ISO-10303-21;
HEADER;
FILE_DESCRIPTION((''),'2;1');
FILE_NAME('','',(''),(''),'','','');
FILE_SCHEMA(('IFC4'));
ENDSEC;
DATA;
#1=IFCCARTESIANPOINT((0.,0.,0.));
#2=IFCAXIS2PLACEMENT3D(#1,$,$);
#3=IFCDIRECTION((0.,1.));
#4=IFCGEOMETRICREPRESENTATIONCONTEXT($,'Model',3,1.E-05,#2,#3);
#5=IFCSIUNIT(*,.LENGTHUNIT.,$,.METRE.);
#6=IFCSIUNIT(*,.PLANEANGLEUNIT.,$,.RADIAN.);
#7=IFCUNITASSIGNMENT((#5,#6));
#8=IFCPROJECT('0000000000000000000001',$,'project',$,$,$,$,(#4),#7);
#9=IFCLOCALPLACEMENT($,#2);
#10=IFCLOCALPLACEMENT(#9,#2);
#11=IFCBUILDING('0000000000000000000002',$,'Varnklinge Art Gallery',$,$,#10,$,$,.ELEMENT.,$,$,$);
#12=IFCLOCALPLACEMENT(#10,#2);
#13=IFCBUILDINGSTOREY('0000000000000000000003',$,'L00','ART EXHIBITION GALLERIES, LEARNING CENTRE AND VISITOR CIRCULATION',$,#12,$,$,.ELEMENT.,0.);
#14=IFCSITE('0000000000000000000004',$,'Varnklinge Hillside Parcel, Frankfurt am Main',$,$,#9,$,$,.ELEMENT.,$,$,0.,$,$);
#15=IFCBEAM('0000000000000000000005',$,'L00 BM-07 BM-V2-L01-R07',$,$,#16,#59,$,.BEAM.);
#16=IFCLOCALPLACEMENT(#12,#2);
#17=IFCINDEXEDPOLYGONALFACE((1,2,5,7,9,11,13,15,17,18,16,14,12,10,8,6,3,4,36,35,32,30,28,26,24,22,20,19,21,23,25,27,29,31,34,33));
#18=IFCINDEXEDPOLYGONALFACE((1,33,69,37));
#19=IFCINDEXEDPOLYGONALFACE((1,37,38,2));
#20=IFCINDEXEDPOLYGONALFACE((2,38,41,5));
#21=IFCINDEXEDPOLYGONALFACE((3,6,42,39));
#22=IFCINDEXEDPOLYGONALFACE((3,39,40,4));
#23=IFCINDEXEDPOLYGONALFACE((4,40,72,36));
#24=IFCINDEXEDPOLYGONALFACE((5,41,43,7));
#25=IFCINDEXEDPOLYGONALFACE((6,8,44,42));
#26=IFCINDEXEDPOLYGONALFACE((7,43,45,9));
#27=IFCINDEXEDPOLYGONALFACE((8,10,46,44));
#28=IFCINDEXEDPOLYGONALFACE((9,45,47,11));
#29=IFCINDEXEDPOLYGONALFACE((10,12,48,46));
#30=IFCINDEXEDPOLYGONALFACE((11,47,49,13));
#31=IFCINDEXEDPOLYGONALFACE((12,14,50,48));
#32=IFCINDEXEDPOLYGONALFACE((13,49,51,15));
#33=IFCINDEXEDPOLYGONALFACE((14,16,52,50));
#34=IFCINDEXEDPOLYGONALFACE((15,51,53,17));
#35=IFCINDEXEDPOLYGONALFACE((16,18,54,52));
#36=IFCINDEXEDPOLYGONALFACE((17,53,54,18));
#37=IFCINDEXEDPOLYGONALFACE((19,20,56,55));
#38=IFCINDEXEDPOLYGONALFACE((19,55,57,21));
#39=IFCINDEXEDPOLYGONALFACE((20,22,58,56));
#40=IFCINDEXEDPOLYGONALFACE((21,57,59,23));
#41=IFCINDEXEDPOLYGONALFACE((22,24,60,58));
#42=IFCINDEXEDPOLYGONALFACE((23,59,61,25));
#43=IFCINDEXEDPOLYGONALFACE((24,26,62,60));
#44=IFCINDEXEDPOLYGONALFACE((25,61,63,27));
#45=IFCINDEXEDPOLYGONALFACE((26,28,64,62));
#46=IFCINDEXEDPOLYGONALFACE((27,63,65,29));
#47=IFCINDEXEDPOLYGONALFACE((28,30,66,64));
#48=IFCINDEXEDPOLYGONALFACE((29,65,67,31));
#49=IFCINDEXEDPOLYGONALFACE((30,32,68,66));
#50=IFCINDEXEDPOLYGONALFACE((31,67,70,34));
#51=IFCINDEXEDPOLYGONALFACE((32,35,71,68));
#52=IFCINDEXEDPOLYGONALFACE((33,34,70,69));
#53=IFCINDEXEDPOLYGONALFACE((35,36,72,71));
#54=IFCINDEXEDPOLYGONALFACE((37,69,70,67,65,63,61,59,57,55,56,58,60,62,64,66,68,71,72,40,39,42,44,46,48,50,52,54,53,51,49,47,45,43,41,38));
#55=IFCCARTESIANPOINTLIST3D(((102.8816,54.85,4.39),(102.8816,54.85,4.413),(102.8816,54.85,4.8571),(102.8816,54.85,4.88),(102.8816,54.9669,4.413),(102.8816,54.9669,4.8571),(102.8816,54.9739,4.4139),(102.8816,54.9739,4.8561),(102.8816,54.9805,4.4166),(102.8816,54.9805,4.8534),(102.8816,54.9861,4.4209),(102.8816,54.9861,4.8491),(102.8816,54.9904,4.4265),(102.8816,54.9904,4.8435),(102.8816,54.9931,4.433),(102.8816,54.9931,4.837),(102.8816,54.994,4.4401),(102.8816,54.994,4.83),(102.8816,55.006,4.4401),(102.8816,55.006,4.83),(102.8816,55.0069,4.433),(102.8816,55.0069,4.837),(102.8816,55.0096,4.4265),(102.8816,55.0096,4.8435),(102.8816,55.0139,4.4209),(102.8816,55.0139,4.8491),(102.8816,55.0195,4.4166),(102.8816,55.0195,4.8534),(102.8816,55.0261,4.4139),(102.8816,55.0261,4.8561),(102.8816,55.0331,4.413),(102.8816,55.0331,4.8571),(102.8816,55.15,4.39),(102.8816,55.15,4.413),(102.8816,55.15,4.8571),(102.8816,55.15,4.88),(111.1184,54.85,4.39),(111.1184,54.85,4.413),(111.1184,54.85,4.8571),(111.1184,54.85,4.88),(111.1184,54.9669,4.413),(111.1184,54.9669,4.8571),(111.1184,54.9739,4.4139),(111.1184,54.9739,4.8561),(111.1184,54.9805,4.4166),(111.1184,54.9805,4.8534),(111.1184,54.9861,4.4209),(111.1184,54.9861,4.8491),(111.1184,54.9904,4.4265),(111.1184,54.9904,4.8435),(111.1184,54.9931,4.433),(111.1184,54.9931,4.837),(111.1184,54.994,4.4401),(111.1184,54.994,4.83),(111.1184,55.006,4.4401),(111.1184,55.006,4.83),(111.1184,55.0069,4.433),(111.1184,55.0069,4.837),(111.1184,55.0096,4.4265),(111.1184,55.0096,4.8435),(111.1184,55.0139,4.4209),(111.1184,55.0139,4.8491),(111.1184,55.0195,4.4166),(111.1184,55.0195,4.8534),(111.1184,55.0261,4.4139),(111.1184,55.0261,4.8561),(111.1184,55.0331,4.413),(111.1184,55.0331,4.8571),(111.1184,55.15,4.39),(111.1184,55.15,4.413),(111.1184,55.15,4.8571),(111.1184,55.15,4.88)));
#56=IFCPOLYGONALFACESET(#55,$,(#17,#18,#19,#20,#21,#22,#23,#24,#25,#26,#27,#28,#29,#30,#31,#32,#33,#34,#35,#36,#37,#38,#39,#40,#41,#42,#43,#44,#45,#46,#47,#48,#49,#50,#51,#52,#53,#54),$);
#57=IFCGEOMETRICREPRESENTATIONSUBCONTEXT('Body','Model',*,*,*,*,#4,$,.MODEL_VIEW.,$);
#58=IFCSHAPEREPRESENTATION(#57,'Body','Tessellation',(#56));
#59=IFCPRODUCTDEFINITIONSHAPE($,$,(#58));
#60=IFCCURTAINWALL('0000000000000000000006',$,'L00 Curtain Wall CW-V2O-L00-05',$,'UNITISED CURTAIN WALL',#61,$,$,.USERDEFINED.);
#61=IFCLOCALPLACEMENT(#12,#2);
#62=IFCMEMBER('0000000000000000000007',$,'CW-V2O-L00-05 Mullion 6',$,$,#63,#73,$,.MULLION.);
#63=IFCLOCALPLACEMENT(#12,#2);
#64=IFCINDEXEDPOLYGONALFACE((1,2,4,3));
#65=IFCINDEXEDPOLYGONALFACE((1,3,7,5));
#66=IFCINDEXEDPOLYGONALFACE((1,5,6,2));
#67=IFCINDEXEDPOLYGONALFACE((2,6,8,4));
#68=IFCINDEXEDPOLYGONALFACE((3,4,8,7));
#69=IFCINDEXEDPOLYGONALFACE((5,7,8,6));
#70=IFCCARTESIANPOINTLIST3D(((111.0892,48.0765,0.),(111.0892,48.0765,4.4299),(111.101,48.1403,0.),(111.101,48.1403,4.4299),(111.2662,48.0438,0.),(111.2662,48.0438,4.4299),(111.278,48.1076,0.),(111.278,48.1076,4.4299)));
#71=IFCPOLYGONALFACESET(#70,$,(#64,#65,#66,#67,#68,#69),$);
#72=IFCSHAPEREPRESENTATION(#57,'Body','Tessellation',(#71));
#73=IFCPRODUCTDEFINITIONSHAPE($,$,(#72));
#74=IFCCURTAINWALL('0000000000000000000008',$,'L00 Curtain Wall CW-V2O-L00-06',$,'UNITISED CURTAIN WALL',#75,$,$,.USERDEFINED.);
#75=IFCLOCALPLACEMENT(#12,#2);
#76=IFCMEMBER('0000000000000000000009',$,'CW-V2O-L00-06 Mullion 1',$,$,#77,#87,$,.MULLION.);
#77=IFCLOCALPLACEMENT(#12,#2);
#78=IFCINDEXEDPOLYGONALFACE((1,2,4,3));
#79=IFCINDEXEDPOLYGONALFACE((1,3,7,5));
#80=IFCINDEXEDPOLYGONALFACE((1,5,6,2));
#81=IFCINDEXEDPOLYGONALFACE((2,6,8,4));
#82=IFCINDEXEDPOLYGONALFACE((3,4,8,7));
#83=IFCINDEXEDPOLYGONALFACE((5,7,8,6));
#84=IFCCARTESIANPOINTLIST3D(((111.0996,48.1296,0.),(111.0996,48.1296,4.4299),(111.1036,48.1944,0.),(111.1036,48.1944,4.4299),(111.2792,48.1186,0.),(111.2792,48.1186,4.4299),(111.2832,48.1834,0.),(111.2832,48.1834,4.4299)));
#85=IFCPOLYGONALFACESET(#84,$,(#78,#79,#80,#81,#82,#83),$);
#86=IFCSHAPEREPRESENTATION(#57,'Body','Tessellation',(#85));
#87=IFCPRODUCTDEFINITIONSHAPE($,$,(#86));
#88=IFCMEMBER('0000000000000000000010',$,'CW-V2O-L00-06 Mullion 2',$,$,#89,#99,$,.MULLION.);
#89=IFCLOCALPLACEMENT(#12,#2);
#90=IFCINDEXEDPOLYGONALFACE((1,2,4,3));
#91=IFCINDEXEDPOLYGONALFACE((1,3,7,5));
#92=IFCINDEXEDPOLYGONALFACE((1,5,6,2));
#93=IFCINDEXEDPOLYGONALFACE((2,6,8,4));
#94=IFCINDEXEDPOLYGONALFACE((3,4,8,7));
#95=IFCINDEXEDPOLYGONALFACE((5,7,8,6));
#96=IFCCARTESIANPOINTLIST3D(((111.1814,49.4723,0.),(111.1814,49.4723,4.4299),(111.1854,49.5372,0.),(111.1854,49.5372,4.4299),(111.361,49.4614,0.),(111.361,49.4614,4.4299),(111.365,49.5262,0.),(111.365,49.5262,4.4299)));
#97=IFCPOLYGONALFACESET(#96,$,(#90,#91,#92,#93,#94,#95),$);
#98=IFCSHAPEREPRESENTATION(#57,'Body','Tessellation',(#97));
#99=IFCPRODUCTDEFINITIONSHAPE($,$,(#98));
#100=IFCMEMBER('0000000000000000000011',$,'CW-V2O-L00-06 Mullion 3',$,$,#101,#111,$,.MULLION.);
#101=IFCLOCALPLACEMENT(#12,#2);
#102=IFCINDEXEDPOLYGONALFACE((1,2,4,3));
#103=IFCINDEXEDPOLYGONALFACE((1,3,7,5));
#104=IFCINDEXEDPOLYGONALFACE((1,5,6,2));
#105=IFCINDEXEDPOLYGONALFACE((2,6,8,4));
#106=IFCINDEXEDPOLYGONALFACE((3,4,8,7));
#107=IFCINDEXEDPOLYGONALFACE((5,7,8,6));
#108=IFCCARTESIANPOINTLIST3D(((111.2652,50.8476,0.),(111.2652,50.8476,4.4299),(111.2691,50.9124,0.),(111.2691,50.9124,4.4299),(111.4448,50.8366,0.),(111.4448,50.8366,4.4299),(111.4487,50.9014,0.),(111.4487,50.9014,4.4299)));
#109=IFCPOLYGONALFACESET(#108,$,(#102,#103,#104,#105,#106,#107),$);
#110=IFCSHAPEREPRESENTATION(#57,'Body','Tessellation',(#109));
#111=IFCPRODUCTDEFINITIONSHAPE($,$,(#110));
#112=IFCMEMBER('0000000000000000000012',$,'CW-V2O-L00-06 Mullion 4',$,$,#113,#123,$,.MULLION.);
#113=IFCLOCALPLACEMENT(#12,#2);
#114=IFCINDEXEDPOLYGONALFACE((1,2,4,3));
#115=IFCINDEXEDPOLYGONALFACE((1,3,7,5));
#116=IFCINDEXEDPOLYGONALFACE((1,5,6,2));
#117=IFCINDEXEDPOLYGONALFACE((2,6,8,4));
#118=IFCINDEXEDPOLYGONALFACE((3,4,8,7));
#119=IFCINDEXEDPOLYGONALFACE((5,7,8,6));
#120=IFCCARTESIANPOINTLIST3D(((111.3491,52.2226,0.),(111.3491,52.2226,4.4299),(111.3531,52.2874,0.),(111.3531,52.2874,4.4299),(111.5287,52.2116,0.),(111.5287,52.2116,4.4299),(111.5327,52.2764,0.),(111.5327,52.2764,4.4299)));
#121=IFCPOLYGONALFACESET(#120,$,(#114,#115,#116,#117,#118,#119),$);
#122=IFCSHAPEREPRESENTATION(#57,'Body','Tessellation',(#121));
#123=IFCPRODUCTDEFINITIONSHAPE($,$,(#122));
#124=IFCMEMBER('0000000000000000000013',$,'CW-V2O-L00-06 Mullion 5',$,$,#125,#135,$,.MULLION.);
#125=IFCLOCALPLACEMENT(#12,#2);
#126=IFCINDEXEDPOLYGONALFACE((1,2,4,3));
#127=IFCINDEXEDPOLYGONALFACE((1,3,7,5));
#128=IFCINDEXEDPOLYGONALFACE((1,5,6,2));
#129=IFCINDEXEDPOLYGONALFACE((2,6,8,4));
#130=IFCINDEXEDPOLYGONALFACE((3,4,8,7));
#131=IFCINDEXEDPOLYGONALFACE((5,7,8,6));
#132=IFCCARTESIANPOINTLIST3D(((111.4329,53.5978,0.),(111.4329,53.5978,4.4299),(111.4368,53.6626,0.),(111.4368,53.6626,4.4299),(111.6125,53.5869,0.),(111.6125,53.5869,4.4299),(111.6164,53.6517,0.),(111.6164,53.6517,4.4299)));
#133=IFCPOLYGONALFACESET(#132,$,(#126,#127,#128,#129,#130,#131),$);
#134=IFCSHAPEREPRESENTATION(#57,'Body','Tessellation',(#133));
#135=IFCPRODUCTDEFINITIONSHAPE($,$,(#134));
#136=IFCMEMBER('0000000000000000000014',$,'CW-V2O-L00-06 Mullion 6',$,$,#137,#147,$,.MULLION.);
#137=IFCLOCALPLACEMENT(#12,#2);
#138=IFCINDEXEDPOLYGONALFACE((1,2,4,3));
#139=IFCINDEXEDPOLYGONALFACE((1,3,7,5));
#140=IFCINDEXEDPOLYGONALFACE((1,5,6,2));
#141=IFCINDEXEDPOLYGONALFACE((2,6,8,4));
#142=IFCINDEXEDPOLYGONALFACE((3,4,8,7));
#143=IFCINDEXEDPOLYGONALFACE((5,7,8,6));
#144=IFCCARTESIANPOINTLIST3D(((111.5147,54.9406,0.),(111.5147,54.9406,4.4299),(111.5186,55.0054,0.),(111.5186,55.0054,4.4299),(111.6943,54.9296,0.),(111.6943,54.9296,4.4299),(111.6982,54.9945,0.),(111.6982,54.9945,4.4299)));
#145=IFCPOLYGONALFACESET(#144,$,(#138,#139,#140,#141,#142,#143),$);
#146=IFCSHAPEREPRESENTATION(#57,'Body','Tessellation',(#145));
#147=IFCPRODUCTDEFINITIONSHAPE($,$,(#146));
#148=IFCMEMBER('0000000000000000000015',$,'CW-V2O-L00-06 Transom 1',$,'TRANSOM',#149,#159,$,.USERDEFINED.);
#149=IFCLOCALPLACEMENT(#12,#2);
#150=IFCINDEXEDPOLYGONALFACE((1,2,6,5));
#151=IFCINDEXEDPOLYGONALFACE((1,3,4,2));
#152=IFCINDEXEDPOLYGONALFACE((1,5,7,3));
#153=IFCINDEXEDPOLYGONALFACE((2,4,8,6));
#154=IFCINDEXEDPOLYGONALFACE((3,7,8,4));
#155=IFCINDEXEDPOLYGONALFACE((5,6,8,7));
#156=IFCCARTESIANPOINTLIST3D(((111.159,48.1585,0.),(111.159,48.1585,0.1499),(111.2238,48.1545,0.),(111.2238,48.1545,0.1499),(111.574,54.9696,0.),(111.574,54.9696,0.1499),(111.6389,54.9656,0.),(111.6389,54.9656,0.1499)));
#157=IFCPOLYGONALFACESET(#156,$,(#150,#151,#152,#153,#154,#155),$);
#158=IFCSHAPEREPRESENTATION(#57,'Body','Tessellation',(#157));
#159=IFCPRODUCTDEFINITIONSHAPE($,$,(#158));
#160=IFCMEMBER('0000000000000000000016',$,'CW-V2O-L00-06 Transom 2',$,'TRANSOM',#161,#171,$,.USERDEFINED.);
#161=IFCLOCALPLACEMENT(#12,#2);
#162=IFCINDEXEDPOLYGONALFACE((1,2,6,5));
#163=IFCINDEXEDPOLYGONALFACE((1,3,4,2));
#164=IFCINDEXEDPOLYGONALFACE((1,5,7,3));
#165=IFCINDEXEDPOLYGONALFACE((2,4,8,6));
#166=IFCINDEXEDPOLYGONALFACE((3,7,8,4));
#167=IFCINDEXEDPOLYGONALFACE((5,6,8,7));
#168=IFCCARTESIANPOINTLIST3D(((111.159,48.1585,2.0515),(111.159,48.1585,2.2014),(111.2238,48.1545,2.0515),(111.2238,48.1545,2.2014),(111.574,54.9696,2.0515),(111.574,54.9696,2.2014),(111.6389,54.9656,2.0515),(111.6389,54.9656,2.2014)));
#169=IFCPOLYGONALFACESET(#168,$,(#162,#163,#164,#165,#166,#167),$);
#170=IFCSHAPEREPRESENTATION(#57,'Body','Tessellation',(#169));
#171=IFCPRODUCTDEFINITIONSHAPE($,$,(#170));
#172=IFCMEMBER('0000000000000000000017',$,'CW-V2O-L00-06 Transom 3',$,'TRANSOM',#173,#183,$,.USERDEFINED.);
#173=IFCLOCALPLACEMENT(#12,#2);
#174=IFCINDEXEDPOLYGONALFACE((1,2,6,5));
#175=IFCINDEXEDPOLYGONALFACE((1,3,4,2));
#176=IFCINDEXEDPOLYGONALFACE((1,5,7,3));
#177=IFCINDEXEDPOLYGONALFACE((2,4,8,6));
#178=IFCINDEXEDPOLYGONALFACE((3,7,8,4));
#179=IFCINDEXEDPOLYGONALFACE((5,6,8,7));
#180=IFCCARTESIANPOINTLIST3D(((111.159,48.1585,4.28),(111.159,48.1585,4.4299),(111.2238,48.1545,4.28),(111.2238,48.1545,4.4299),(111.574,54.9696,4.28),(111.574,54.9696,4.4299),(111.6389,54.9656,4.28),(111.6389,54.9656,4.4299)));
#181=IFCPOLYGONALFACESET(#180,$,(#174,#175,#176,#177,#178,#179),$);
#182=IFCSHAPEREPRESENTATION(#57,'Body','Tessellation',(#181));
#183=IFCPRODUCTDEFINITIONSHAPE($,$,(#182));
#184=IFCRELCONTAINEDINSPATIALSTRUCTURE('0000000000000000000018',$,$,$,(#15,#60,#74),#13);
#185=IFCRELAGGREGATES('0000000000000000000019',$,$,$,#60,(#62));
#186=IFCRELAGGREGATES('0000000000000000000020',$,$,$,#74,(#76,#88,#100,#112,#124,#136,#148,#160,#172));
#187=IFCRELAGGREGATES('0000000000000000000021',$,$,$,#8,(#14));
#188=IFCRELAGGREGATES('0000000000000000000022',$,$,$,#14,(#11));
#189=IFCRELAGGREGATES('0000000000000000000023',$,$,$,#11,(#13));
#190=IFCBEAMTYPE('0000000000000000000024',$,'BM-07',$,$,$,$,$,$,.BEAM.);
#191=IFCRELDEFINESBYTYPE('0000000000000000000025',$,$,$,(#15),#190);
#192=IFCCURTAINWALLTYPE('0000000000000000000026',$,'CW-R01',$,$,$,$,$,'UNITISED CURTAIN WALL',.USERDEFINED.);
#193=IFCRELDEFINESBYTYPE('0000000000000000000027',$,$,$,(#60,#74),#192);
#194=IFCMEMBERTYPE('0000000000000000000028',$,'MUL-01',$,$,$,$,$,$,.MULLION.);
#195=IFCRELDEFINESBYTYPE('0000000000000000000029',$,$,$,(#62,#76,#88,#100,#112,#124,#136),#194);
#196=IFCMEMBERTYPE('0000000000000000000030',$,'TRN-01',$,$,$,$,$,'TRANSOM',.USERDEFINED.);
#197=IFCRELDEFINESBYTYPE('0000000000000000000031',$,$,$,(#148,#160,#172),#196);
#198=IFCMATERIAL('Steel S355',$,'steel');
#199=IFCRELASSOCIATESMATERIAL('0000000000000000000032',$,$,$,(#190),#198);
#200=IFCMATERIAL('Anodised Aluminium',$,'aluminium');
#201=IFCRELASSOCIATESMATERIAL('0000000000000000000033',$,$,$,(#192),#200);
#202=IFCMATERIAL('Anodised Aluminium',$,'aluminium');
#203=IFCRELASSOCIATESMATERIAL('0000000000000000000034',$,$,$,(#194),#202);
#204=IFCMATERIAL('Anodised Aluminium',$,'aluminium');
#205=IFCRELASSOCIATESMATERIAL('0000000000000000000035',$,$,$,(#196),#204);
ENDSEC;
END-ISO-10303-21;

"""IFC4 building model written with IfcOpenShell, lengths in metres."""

from ifc_helpers import new_model, si_unit, direction, frame, origin, origin_2d, place, context, subcontext, project, spatial, rectangle, i_section, extrude, material, material_profile, profile_set, type_object, element, aggregate, save


model = new_model("IFC4")

# Units and contexts
model_context = context("Model", 3, precision=1e-05, world=origin(), true_north=direction((0.0, 1.0)))
body_context = subcontext(model_context, "Body", "Model", "MODEL_VIEW")
ifc_project = project(units=[si_unit("LENGTHUNIT", "METRE"), si_unit("PLANEANGLEUNIT", "RADIAN")], contexts=[model_context])

# Site, building, storey
site_placement = place(None, origin())
site = spatial("IfcSite", under=ifc_project, at=site_placement, Name="Varnklinge Hillside Parcel, Frankfurt am Main", CompositionType="ELEMENT", RefElevation=0.0)
building_placement = place(site_placement, origin())
building = spatial("IfcBuilding", under=site, at=building_placement, Name="Varnklinge Art Gallery", CompositionType="ELEMENT")
storey_placement = place(building_placement, origin())
storey = spatial("IfcBuildingStorey", under=building, at=storey_placement, Name="L00", Description="ART EXHIBITION GALLERIES, LEARNING CENTRE AND VISITOR CIRCULATION", CompositionType="ELEMENT", Elevation=0.0)

# Beam
ifc_material_1 = material(Name="Steel S355", Category="steel")
ifc_material_profile_1 = material_profile(ifc_material_1, i_section(OverallWidth=0.3, OverallDepth=0.49, WebThickness=0.012, FlangeThickness=0.0229, FilletRadius=0.0271, at=origin_2d()), Name="HEA 500")
ifc_profile_set_1 = profile_set([ifc_material_profile_1], Name="Steel S355")
beam_type = type_object("IfcBeamType", Name="BM-07", PredefinedType="BEAM", material=ifc_profile_set_1)
beam_placement = place(storey_placement, frame((111.1184, 55.0, 4.635), z_axis=(-1.0, 0.0, 0.0), x_axis=(0.0, -1.0, 0.0)))
element("IfcBeam", 1, at=beam_placement, inside=storey, type_object=beam_type, Name="L00 BM-07 BM-V2-L01-R07", PredefinedType="BEAM", context=body_context, shape_type="SweptSolid", body=[
    extrude(i_section(OverallWidth=0.3, OverallDepth=0.49, WebThickness=0.012, FlangeThickness=0.0229, FilletRadius=0.0271, at=origin_2d()), origin(), (0.0, 0.0, 1.0), 8.2368),
])

# Curtain wall, member
ifc_material_2 = material(Name="Anodised Aluminium", Category="aluminium")
curtain_wall_type = type_object("IfcCurtainWallType", Name="CW-R01", ElementType="UNITISED CURTAIN WALL", PredefinedType="USERDEFINED", material=ifc_material_2)
curtain_wall_1_placement = place(storey_placement, origin())
curtain_wall_1 = element("IfcCurtainWall", 2, at=curtain_wall_1_placement, inside=storey, type_object=curtain_wall_type, Name="L00 Curtain Wall CW-V2O-L00-05", ObjectType="UNITISED CURTAIN WALL", PredefinedType="USERDEFINED")
ifc_material_3 = material(Name="Anodised Aluminium", Category="aluminium")
ifc_material_profile_2 = material_profile(ifc_material_3, rectangle(XDim=0.0649, YDim=0.1799, at=origin_2d()), Name="ALU 65x180")
ifc_profile_set_2 = profile_set([ifc_material_profile_2], Name="Anodised Aluminium")
member_type_1 = type_object("IfcMemberType", Name="MUL-01", PredefinedType="MULLION", material=ifc_profile_set_2)
member_1_placement = place(storey_placement, frame((111.1836, 48.092, 0.0), z_axis=(0.0, 0.0, 1.0), x_axis=(0.181721, 0.98335, 0.0)))
member_1 = element("IfcMember", 3, at=member_1_placement, type_object=member_type_1, Name="CW-V2O-L00-05 Mullion 6", PredefinedType="MULLION", context=body_context, shape_type="SweptSolid", body=[
    extrude(rectangle(XDim=0.0649, YDim=0.1799, at=origin_2d()), origin(), (0.0, 0.0, 1.0), 4.4299),
])

# Curtain wall, members
curtain_wall_2_placement = place(storey_placement, origin())
curtain_wall_2 = element("IfcCurtainWall", 4, at=curtain_wall_2_placement, inside=storey, type_object=curtain_wall_type, Name="L00 Curtain Wall CW-V2O-L00-06", ObjectType="UNITISED CURTAIN WALL", PredefinedType="USERDEFINED")
member_2_placement = place(storey_placement, frame((111.1914, 48.1565, 0.0), z_axis=(0.0, 0.0, 1.0), x_axis=(0.060874, 0.998145, 0.0)))
member_2 = element("IfcMember", 5, at=member_2_placement, type_object=member_type_1, Name="CW-V2O-L00-06 Mullion 1", PredefinedType="MULLION", context=body_context, shape_type="SweptSolid", body=[
    extrude(rectangle(XDim=0.0649, YDim=0.1799, at=origin_2d()), origin(), (0.0, 0.0, 1.0), 4.4299),
])
member_3_placement = place(storey_placement, frame((111.2732, 49.4993, 0.0), z_axis=(0.0, 0.0, 1.0), x_axis=(0.060874, 0.998145, 0.0)))
member_3 = element("IfcMember", 6, at=member_3_placement, type_object=member_type_1, Name="CW-V2O-L00-06 Mullion 2", PredefinedType="MULLION", context=body_context, shape_type="SweptSolid", body=[
    extrude(rectangle(XDim=0.0649, YDim=0.1799, at=origin_2d()), origin(), (0.0, 0.0, 1.0), 4.4299),
])
member_4_placement = place(storey_placement, frame((111.3569, 50.8745, 0.0), z_axis=(0.0, 0.0, 1.0), x_axis=(0.060874, 0.998145, 0.0)))
member_4 = element("IfcMember", 7, at=member_4_placement, type_object=member_type_1, Name="CW-V2O-L00-06 Mullion 3", PredefinedType="MULLION", context=body_context, shape_type="SweptSolid", body=[
    extrude(rectangle(XDim=0.0649, YDim=0.1799, at=origin_2d()), origin(), (0.0, 0.0, 1.0), 4.4299),
])
member_5_placement = place(storey_placement, frame((111.4409, 52.2495, 0.0), z_axis=(0.0, 0.0, 1.0), x_axis=(0.060874, 0.998145, 0.0)))
member_5 = element("IfcMember", 8, at=member_5_placement, type_object=member_type_1, Name="CW-V2O-L00-06 Mullion 4", PredefinedType="MULLION", context=body_context, shape_type="SweptSolid", body=[
    extrude(rectangle(XDim=0.0649, YDim=0.1799, at=origin_2d()), origin(), (0.0, 0.0, 1.0), 4.4299),
])
member_6_placement = place(storey_placement, frame((111.5247, 53.6248, 0.0), z_axis=(0.0, 0.0, 1.0), x_axis=(0.060874, 0.998145, 0.0)))
member_6 = element("IfcMember", 9, at=member_6_placement, type_object=member_type_1, Name="CW-V2O-L00-06 Mullion 5", PredefinedType="MULLION", context=body_context, shape_type="SweptSolid", body=[
    extrude(rectangle(XDim=0.0649, YDim=0.1799, at=origin_2d()), origin(), (0.0, 0.0, 1.0), 4.4299),
])
member_7_placement = place(storey_placement, frame((111.6064, 54.9675, 0.0), z_axis=(0.0, 0.0, 1.0), x_axis=(0.060874, 0.998145, 0.0)))
member_7 = element("IfcMember", 10, at=member_7_placement, type_object=member_type_1, Name="CW-V2O-L00-06 Mullion 6", PredefinedType="MULLION", context=body_context, shape_type="SweptSolid", body=[
    extrude(rectangle(XDim=0.0649, YDim=0.1799, at=origin_2d()), origin(), (0.0, 0.0, 1.0), 4.4299),
])
ifc_material_4 = material(Name="Anodised Aluminium", Category="aluminium")
ifc_material_profile_3 = material_profile(ifc_material_4, rectangle(XDim=0.0649, YDim=0.1499, at=origin_2d()), Name="ALU 65x150")
ifc_profile_set_3 = profile_set([ifc_material_profile_3], Name="Anodised Aluminium")
member_type_2 = type_object("IfcMemberType", Name="TRN-01", ElementType="TRANSOM", PredefinedType="USERDEFINED", material=ifc_profile_set_3)
member_8_placement = place(storey_placement, frame((111.1914, 48.1565, 0.075), z_axis=(0.060823, 0.998149, 0.0), x_axis=(-0.998149, 0.060823, 0.0)))
member_8 = element("IfcMember", 11, at=member_8_placement, type_object=member_type_2, Name="CW-V2O-L00-06 Transom 1", ObjectType="TRANSOM", PredefinedType="USERDEFINED", context=body_context, shape_type="SweptSolid", body=[
    extrude(rectangle(XDim=0.0649, YDim=0.1499, at=origin_2d()), origin(), (0.0, 0.0, 1.0), 6.8237),
])
member_9_placement = place(storey_placement, frame((111.1914, 48.1565, 2.1265), z_axis=(0.060823, 0.998149, 0.0), x_axis=(-0.998149, 0.060823, 0.0)))
member_9 = element("IfcMember", 12, at=member_9_placement, type_object=member_type_2, Name="CW-V2O-L00-06 Transom 2", ObjectType="TRANSOM", PredefinedType="USERDEFINED", context=body_context, shape_type="SweptSolid", body=[
    extrude(rectangle(XDim=0.0649, YDim=0.1499, at=origin_2d()), origin(), (0.0, 0.0, 1.0), 6.8237),
])
member_10_placement = place(storey_placement, frame((111.1914, 48.1565, 4.355), z_axis=(0.060823, 0.998149, 0.0), x_axis=(-0.998149, 0.060823, 0.0)))
member_10 = element("IfcMember", 13, at=member_10_placement, type_object=member_type_2, Name="CW-V2O-L00-06 Transom 3", ObjectType="TRANSOM", PredefinedType="USERDEFINED", context=body_context, shape_type="SweptSolid", body=[
    extrude(rectangle(XDim=0.0649, YDim=0.1499, at=origin_2d()), origin(), (0.0, 0.0, 1.0), 6.8237),
])

aggregate(curtain_wall_1, [member_1])
aggregate(curtain_wall_2, [member_2, member_3, member_4, member_5, member_6, member_7, member_8, member_9, member_10])

save(model, "model.ifc")
